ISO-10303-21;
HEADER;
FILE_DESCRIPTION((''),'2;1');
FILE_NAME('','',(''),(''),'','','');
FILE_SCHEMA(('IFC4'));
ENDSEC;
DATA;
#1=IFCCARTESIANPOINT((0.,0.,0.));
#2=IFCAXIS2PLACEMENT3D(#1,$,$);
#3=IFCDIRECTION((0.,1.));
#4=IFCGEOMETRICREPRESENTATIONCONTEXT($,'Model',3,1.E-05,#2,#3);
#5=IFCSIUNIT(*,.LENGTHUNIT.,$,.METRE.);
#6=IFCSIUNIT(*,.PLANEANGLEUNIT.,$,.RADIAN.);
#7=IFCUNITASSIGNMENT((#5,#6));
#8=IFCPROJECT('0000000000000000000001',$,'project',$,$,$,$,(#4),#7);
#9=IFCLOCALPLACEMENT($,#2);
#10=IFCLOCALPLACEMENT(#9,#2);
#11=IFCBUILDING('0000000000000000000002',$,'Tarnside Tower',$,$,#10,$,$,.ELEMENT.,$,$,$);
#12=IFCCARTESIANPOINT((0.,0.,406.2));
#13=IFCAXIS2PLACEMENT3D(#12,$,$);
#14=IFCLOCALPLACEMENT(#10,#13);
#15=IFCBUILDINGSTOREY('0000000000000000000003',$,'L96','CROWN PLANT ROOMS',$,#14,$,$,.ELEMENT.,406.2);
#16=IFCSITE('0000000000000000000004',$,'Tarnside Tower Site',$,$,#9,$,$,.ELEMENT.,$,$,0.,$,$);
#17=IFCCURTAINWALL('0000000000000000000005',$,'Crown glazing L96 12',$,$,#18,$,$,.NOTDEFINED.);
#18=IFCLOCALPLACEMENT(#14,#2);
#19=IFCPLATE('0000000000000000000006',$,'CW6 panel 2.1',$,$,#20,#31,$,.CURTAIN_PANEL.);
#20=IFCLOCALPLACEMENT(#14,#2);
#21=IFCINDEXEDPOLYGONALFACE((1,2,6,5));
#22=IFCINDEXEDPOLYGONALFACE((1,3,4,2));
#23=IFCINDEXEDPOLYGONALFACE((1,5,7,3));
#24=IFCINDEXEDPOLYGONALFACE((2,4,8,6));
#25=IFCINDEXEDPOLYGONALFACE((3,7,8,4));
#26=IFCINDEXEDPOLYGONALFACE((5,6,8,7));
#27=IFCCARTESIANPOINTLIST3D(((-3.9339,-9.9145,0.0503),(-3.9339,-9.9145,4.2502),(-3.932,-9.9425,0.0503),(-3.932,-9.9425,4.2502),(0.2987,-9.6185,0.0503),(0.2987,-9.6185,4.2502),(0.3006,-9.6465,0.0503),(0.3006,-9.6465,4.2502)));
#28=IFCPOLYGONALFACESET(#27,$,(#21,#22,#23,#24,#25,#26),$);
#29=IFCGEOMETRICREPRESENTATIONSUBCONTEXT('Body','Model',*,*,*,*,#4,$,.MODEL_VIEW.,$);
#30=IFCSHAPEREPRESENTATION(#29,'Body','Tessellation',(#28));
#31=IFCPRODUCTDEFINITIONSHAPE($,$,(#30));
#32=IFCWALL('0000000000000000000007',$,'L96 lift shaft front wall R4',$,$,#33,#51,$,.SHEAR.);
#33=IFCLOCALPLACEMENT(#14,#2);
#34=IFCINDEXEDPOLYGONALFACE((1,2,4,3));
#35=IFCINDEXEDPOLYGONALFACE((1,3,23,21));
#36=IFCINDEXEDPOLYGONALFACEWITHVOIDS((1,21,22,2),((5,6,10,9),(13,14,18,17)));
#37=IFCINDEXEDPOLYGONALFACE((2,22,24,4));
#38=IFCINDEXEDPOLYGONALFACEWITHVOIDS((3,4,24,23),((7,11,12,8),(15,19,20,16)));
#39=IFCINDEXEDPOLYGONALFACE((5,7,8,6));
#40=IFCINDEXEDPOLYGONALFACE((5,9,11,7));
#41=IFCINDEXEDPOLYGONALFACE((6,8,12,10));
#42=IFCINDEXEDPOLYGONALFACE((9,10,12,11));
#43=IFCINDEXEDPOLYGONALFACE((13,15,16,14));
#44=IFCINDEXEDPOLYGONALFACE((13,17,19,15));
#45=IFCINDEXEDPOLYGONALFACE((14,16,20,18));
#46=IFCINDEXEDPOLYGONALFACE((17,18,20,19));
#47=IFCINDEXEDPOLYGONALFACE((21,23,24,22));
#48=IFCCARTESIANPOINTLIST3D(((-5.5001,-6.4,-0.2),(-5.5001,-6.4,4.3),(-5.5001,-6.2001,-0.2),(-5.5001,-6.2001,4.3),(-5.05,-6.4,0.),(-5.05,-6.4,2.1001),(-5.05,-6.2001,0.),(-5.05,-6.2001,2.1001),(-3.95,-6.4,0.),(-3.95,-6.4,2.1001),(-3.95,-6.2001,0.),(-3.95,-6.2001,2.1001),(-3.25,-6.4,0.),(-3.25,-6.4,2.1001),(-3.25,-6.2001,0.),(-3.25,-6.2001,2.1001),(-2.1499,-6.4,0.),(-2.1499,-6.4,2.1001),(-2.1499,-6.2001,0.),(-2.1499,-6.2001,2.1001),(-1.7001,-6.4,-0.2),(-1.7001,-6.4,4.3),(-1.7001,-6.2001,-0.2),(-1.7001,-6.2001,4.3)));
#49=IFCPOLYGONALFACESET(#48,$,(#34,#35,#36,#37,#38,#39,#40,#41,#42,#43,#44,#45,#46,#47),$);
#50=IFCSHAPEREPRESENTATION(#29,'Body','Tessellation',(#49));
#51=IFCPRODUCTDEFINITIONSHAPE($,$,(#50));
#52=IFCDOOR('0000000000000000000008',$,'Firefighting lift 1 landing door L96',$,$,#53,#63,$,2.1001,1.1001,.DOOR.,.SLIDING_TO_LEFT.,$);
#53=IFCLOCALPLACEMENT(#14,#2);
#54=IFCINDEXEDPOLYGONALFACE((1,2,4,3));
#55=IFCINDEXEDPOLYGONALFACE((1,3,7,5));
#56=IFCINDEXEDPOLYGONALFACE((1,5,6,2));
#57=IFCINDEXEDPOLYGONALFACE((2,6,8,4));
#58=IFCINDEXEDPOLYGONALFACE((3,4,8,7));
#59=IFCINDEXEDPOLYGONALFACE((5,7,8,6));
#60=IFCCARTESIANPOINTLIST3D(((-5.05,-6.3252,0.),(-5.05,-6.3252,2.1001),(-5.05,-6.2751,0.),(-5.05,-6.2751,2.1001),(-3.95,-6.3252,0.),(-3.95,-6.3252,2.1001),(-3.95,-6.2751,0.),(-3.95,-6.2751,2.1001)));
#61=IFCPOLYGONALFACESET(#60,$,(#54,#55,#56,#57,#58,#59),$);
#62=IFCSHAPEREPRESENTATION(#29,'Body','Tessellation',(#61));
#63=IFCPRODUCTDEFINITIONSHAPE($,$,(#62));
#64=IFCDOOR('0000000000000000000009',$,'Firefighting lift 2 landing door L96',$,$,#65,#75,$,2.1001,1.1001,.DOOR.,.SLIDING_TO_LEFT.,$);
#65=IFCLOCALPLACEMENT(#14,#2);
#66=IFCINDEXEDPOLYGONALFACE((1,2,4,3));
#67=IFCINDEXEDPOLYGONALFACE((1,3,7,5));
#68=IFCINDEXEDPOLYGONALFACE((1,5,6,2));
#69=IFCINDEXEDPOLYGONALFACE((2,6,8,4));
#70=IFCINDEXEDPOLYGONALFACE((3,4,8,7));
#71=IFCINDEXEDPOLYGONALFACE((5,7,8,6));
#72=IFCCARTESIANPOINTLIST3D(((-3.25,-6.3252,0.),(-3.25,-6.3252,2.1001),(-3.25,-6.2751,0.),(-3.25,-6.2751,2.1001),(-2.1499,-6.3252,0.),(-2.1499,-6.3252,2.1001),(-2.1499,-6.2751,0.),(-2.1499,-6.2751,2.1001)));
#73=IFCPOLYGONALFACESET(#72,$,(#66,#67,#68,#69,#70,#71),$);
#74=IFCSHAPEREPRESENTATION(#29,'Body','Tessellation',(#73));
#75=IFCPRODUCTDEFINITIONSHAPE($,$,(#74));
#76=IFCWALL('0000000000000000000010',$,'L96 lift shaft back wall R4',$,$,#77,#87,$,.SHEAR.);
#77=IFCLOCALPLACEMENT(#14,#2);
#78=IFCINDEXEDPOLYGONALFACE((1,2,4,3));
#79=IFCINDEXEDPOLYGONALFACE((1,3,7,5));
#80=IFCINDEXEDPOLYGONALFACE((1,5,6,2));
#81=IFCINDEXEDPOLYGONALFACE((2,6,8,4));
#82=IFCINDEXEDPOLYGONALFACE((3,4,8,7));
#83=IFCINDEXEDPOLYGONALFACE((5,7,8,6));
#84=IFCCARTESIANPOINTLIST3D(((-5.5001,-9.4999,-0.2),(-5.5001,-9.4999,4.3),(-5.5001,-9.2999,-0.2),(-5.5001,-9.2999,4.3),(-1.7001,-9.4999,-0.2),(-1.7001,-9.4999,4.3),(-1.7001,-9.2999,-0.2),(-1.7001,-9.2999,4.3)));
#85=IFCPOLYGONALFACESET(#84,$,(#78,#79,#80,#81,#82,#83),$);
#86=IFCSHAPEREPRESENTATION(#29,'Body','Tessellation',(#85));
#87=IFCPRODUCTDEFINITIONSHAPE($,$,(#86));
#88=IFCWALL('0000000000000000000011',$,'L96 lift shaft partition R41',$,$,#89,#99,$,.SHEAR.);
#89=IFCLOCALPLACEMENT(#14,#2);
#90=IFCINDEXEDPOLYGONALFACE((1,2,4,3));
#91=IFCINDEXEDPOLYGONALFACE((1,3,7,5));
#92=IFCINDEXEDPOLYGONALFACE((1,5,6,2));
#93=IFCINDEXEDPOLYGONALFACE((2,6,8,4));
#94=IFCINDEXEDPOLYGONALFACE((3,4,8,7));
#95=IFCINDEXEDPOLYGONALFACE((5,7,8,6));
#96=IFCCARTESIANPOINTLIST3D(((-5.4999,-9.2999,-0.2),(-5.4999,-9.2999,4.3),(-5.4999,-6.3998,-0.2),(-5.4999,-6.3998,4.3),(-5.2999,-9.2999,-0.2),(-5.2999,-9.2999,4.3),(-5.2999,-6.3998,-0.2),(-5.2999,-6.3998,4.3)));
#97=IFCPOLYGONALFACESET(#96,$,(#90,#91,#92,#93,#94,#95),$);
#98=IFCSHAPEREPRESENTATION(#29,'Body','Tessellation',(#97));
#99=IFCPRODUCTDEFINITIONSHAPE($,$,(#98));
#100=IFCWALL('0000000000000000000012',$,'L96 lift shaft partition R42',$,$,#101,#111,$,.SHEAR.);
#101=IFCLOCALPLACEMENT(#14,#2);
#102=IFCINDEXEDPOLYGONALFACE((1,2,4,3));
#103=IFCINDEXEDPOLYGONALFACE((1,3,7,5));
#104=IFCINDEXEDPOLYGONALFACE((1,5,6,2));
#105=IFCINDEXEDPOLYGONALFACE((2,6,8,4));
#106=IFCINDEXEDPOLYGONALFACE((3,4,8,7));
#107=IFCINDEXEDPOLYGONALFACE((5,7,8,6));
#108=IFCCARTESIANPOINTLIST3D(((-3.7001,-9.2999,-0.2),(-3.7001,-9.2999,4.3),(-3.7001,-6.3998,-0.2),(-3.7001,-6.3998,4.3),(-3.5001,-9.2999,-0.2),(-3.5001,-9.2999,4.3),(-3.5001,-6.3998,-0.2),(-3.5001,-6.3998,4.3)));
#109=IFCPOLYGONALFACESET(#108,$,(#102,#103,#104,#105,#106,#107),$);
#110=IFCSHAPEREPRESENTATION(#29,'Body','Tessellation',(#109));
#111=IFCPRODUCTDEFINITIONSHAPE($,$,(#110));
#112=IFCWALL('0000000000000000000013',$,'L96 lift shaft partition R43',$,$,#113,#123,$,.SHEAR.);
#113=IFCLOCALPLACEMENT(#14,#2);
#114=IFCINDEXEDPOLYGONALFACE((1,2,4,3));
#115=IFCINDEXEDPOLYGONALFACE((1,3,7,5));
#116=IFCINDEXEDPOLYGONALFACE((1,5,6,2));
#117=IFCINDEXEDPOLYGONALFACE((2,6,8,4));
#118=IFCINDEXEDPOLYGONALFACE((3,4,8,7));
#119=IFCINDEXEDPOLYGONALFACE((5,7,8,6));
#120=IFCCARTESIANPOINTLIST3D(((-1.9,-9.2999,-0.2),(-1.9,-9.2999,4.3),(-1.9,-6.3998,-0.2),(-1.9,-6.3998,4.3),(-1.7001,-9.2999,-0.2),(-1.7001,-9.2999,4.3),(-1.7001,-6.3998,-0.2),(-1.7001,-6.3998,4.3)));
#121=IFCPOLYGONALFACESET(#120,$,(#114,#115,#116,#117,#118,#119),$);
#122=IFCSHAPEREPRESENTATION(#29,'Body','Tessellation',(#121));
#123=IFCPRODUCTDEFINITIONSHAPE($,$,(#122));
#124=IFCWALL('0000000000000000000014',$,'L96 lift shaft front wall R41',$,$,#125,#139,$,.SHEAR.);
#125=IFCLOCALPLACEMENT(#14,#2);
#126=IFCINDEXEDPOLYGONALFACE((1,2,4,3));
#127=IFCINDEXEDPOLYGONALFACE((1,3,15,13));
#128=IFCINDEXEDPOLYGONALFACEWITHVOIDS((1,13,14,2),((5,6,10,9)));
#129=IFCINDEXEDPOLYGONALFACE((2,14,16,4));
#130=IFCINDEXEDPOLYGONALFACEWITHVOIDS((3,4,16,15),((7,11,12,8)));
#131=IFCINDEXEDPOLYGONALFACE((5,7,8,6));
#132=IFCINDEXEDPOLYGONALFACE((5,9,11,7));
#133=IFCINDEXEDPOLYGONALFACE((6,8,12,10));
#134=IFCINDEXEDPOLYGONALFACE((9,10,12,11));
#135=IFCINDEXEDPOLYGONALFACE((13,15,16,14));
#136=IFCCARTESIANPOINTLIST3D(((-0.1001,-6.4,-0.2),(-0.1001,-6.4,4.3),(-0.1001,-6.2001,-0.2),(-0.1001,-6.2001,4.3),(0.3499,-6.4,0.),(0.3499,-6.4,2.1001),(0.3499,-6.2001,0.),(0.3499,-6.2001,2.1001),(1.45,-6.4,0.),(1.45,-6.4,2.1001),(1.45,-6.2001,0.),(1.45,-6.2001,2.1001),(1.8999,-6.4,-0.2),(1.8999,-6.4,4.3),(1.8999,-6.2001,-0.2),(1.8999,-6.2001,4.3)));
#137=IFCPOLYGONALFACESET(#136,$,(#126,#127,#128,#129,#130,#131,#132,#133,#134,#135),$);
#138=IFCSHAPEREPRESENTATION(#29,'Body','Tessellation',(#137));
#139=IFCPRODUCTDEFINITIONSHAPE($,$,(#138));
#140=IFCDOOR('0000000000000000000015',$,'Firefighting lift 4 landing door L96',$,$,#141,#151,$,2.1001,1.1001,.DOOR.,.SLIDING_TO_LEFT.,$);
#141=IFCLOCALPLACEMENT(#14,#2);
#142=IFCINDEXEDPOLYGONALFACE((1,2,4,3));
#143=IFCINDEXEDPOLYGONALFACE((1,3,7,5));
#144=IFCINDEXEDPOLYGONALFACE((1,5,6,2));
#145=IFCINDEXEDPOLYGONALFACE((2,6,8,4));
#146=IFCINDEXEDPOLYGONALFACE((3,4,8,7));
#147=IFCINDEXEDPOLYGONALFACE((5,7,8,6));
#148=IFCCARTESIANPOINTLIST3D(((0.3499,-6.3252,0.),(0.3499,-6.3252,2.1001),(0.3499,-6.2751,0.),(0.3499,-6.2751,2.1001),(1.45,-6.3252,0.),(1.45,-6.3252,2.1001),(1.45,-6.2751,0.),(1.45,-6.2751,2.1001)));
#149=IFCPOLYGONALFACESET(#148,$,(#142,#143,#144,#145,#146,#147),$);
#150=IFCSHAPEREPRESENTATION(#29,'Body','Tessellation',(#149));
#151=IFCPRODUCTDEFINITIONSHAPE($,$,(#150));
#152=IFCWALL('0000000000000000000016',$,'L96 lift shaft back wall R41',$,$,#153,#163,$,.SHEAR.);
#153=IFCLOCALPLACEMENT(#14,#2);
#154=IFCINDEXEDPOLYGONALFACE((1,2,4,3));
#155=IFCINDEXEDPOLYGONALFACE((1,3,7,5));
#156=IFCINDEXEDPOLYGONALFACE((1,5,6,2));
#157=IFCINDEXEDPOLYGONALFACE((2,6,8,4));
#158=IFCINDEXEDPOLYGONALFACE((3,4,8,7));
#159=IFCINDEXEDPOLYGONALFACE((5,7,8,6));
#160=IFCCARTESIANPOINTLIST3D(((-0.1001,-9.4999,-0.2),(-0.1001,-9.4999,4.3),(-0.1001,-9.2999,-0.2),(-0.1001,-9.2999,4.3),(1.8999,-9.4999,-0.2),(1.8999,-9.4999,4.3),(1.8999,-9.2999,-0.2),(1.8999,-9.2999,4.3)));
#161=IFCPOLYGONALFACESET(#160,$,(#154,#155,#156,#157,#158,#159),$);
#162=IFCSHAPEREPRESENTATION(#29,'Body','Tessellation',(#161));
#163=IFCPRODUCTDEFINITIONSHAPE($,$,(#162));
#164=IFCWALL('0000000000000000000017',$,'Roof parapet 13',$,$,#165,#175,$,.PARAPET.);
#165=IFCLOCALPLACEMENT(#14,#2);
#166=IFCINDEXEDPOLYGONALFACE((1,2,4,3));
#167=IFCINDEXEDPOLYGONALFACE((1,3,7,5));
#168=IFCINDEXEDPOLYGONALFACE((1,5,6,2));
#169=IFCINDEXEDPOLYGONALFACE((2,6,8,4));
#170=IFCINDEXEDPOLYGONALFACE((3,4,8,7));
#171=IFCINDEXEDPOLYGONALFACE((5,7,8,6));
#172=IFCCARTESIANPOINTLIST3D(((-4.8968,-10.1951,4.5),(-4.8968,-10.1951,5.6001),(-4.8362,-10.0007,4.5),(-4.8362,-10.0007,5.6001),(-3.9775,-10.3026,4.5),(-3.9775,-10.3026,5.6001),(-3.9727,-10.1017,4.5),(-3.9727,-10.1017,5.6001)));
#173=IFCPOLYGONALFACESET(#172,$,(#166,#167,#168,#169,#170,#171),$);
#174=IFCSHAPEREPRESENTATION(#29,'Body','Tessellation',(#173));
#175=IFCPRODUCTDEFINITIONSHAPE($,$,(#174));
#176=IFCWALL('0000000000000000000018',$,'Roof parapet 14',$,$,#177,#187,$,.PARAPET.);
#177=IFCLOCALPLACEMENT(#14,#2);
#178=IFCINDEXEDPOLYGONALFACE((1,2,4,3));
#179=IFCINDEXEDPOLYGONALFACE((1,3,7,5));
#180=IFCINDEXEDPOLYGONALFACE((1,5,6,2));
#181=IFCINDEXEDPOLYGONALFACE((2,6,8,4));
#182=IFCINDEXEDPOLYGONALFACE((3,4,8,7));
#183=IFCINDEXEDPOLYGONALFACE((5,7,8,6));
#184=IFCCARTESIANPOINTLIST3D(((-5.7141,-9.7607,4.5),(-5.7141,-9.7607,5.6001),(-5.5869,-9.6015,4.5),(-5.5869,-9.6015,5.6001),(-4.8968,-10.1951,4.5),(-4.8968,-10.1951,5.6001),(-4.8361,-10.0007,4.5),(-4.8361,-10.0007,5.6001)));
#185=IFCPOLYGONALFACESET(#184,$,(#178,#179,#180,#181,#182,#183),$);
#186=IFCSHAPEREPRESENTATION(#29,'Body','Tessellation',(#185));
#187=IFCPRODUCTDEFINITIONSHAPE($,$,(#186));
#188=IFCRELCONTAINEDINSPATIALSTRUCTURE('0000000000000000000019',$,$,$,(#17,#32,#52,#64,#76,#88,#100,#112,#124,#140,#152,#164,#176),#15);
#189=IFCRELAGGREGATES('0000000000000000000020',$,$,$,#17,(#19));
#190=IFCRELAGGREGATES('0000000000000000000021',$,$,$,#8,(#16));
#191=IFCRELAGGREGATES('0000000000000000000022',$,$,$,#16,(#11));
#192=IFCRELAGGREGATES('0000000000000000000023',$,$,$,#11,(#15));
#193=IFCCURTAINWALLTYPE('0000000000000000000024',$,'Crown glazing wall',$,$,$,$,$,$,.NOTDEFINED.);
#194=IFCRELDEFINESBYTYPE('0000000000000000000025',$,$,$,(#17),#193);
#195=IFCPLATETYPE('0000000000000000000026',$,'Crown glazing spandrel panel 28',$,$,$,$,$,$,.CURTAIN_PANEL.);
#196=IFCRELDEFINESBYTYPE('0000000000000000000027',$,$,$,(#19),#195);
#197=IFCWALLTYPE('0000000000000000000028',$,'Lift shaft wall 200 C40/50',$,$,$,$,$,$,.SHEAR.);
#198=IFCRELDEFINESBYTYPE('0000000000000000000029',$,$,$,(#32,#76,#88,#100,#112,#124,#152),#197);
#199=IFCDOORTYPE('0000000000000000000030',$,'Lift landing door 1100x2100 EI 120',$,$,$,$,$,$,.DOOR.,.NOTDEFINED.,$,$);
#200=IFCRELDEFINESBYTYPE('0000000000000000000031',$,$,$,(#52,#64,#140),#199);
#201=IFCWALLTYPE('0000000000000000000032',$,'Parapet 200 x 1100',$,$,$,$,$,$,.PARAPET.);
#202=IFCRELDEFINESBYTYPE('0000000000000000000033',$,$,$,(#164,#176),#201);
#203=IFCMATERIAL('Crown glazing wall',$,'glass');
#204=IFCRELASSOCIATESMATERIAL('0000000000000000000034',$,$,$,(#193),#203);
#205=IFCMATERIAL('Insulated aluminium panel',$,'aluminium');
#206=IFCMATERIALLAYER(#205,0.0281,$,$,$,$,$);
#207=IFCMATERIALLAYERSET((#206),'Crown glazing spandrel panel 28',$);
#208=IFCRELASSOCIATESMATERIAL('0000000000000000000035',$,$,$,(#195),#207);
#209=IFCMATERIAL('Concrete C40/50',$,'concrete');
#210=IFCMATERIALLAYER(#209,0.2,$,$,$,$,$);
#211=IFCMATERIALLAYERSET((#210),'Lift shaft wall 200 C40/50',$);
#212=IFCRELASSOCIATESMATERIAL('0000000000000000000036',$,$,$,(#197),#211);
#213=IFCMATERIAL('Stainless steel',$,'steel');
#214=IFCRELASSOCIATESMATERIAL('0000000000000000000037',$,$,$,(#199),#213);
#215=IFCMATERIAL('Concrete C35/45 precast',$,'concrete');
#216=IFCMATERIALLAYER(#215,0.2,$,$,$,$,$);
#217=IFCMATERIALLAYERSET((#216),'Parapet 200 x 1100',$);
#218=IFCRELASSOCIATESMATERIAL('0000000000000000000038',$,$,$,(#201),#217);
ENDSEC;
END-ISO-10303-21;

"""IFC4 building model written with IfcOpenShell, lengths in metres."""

from ifc_helpers import new_model, si_unit, direction, frame, frame_2d, origin, origin_2d, place, context, subcontext, project, spatial, polyline, rectangle, outline, extrude, material, layer, layer_set, type_object, element, fill, aggregate, save


model = new_model("IFC4")

# Units and contexts
model_context = context("Model", 3, precision=1e-05, world=origin(), true_north=direction((0.0, 1.0)))
body_context = subcontext(model_context, "Body", "Model", "MODEL_VIEW")
ifc_project = project(units=[si_unit("LENGTHUNIT", "METRE"), si_unit("PLANEANGLEUNIT", "RADIAN")], contexts=[model_context])

# Site, building, storey
site_placement = place(None, origin())
site = spatial("IfcSite", under=ifc_project, at=site_placement, Name="Tarnside Tower Site", CompositionType="ELEMENT", RefElevation=0.0)
building_placement = place(site_placement, origin())
building = spatial("IfcBuilding", under=site, at=building_placement, Name="Tarnside Tower", CompositionType="ELEMENT")
storey_placement = place(building_placement, frame((0.0, 0.0, 406.2)))
storey = spatial("IfcBuildingStorey", under=building, at=storey_placement, Name="L96", Description="CROWN PLANT ROOMS", CompositionType="ELEMENT", Elevation=406.2)

# Curtain wall
ifc_material_1 = material(Name="Crown glazing wall", Category="glass")
curtain_wall_type = type_object("IfcCurtainWallType", Name="Crown glazing wall", PredefinedType="NOTDEFINED", material=ifc_material_1)
curtain_wall_1_placement = place(storey_placement, origin())
curtain_wall_1 = element("IfcCurtainWall", 1, at=curtain_wall_1_placement, inside=storey, type_object=curtain_wall_type, Name="Crown glazing L96 12", PredefinedType="NOTDEFINED")

# Plate
ifc_material_2 = material(Name="Insulated aluminium panel", Category="aluminium")
ifc_layer_1 = layer(ifc_material_2, 0.0281)
ifc_layer_set_1 = layer_set([ifc_layer_1], Name="Crown glazing spandrel panel 28")
plate_type_1 = type_object("IfcPlateType", Name="Crown glazing spandrel panel 28", PredefinedType="CURTAIN_PANEL", material=ifc_layer_set_1)
plate_1_placement = place(storey_placement, frame((-1.8167, -9.7805, 0.0503), z_axis=(0.0, 0.0, 1.0), x_axis=(-0.997564, -0.069756, 0.0)))
plate_1 = element("IfcPlate", 2, at=plate_1_placement, type_object=plate_type_1, Name="CW6 panel 2.1", PredefinedType="CURTAIN_PANEL", context=body_context, shape_type="SweptSolid", body=[
    extrude(rectangle(XDim=4.2429, YDim=0.0281, at=origin_2d()), origin(), (0.0, 0.0, 1.0), 4.2),
])
aggregate(curtain_wall_1, [plate_1])

# Wall, openings, doors
ifc_material_3 = material(Name="Concrete C40/50", Category="concrete")
ifc_layer_2 = layer(ifc_material_3, 0.2)
ifc_layer_set_2 = layer_set([ifc_layer_2], Name="Lift shaft wall 200 C40/50")
wall_type_1 = type_object("IfcWallType", Name="Lift shaft wall 200 C40/50", PredefinedType="SHEAR", material=ifc_layer_set_2)
wall_1_placement = place(storey_placement, frame((-5.5, -6.3, -0.2), z_axis=(0.0, 0.0, 1.0), x_axis=(1.0, 0.0, 0.0)))
wall_1 = element("IfcWall", 3, at=wall_1_placement, inside=storey, type_object=wall_type_1, Name="L96 lift shaft front wall R4", PredefinedType="SHEAR", context=body_context, shape_type="SweptSolid", body=[
    extrude(rectangle(XDim=3.8, YDim=0.2, at=frame_2d((1.8999, 0.0))), origin(), (0.0, 0.0, 1.0), 4.5),
])
opening_1_placement = place(wall_1_placement, frame((0.45, 0.0, 0.2)))
opening_1 = element("IfcOpeningElement", 4, at=opening_1_placement, cuts=wall_1, PredefinedType="OPENING", context=body_context, shape_type="SweptSolid", body=[
    extrude(rectangle(XDim=1.1001, YDim=2.1001, at=frame_2d((0.55, 1.05))), frame((0.0, 0.1099, 0.0), z_axis=(0.0, -1.0, 0.0), x_axis=(1.0, 0.0, 0.0)), (0.0, 0.0, 1.0), 0.22),
])
opening_2_placement = place(wall_1_placement, frame((2.25, 0.0, 0.2)))
opening_2 = element("IfcOpeningElement", 5, at=opening_2_placement, cuts=wall_1, PredefinedType="OPENING", context=body_context, shape_type="SweptSolid", body=[
    extrude(rectangle(XDim=1.1001, YDim=2.1001, at=frame_2d((0.55, 1.05))), frame((0.0, 0.1099, 0.0), z_axis=(0.0, -1.0, 0.0), x_axis=(1.0, 0.0, 0.0)), (0.0, 0.0, 1.0), 0.22),
])
ifc_material_4 = material(Name="Stainless steel", Category="steel")
door_type = type_object("IfcDoorType", Name="Lift landing door 1100x2100 EI 120", OperationType="NOTDEFINED", PredefinedType="DOOR", material=ifc_material_4)
door_1_placement = place(opening_1_placement, origin())
door_1 = element("IfcDoor", 6, at=door_1_placement, inside=storey, type_object=door_type, Name="Firefighting lift 1 landing door L96", OperationType="SLIDING_TO_LEFT", OverallHeight=2.1001, OverallWidth=1.1001, PredefinedType="DOOR", context=body_context, shape_type="SweptSolid", body=[
    extrude(rectangle(XDim=1.1001, YDim=2.1001, at=frame_2d((0.55, 1.05))), frame((0.0, 0.0249, 0.0), z_axis=(0.0, -1.0, 0.0), x_axis=(1.0, 0.0, 0.0)), (0.0, 0.0, 1.0), 0.05),
])
fill(opening_1, door_1)
door_2_placement = place(opening_2_placement, origin())
door_2 = element("IfcDoor", 7, at=door_2_placement, inside=storey, type_object=door_type, Name="Firefighting lift 2 landing door L96", OperationType="SLIDING_TO_LEFT", OverallHeight=2.1001, OverallWidth=1.1001, PredefinedType="DOOR", context=body_context, shape_type="SweptSolid", body=[
    extrude(rectangle(XDim=1.1001, YDim=2.1001, at=frame_2d((0.55, 1.05))), frame((0.0, 0.0249, 0.0), z_axis=(0.0, -1.0, 0.0), x_axis=(1.0, 0.0, 0.0)), (0.0, 0.0, 1.0), 0.05),
])
fill(opening_2, door_2)

# Walls
wall_2_placement = place(storey_placement, frame((-5.5, -9.3999, -0.2), z_axis=(0.0, 0.0, 1.0), x_axis=(1.0, 0.0, 0.0)))
element("IfcWall", 8, at=wall_2_placement, inside=storey, type_object=wall_type_1, Name="L96 lift shaft back wall R4", PredefinedType="SHEAR", context=body_context, shape_type="SweptSolid", body=[
    extrude(rectangle(XDim=3.8, YDim=0.2, at=frame_2d((1.8999, 0.0))), origin(), (0.0, 0.0, 1.0), 4.5),
])
for number, where, z_axis, x_axis, name in (
    (9, (-5.3999, -9.3, -0.2), (0.0, 0.0, 1.0), (0.0, 1.0, 0.0), "L96 lift shaft partition R41"),
    (10, (-3.6001, -9.3, -0.2), (0.0, 0.0, 1.0), (0.0, 1.0, 0.0), "L96 lift shaft partition R42"),
    (11, (-1.8, -9.3, -0.2), (0.0, 0.0, 1.0), (0.0, 1.0, 0.0), "L96 lift shaft partition R43"),
):
    element("IfcWall", number, at=place(storey_placement, frame(where, z_axis=z_axis, x_axis=x_axis)), inside=storey, type_object=wall_type_1, Name=name, PredefinedType="SHEAR", context=body_context, shape_type="SweptSolid", body=[
        extrude(rectangle(XDim=2.9001, YDim=0.2, at=frame_2d((1.4502, 0.0))), origin(), (0.0, 0.0, 1.0), 4.5),
    ])

# Wall, opening, door
wall_3_placement = place(storey_placement, frame((-0.1001, -6.3, -0.2), z_axis=(0.0, 0.0, 1.0), x_axis=(1.0, 0.0, 0.0)))
wall_3 = element("IfcWall", 12, at=wall_3_placement, inside=storey, type_object=wall_type_1, Name="L96 lift shaft front wall R41", PredefinedType="SHEAR", context=body_context, shape_type="SweptSolid", body=[
    extrude(rectangle(XDim=2.0, YDim=0.2, at=frame_2d((1.0, 0.0))), origin(), (0.0, 0.0, 1.0), 4.5),
])
opening_3_placement = place(wall_3_placement, frame((0.45, 0.0, 0.2)))
opening_3 = element("IfcOpeningElement", 13, at=opening_3_placement, cuts=wall_3, PredefinedType="OPENING", context=body_context, shape_type="SweptSolid", body=[
    extrude(rectangle(XDim=1.1001, YDim=2.1001, at=frame_2d((0.55, 1.05))), frame((0.0, 0.1099, 0.0), z_axis=(0.0, -1.0, 0.0), x_axis=(1.0, 0.0, 0.0)), (0.0, 0.0, 1.0), 0.22),
])
door_3_placement = place(opening_3_placement, origin())
door_3 = element("IfcDoor", 14, at=door_3_placement, inside=storey, type_object=door_type, Name="Firefighting lift 4 landing door L96", OperationType="SLIDING_TO_LEFT", OverallHeight=2.1001, OverallWidth=1.1001, PredefinedType="DOOR", context=body_context, shape_type="SweptSolid", body=[
    extrude(rectangle(XDim=1.1001, YDim=2.1001, at=frame_2d((0.55, 1.05))), frame((0.0, 0.0249, 0.0), z_axis=(0.0, -1.0, 0.0), x_axis=(1.0, 0.0, 0.0)), (0.0, 0.0, 1.0), 0.05),
])
fill(opening_3, door_3)

# Walls
wall_4_placement = place(storey_placement, frame((-0.1001, -9.3999, -0.2), z_axis=(0.0, 0.0, 1.0), x_axis=(1.0, 0.0, 0.0)))
element("IfcWall", 15, at=wall_4_placement, inside=storey, type_object=wall_type_1, Name="L96 lift shaft back wall R41", PredefinedType="SHEAR", context=body_context, shape_type="SweptSolid", body=[
    extrude(rectangle(XDim=2.0, YDim=0.2, at=frame_2d((1.0, 0.0))), origin(), (0.0, 0.0, 1.0), 4.5),
])
ifc_material_5 = material(Name="Concrete C35/45 precast", Category="concrete")
ifc_layer_3 = layer(ifc_material_5, 0.2)
ifc_layer_set_3 = layer_set([ifc_layer_3], Name="Parapet 200 x 1100")
wall_type_2 = type_object("IfcWallType", Name="Parapet 200 x 1100", PredefinedType="PARAPET", material=ifc_layer_set_3)
wall_5_placement = place(storey_placement, frame((-3.9751, -10.2021, 4.5), z_axis=(0.0, 0.0, 1.0), x_axis=(-0.99323, 0.116163, 0.0)))
element("IfcWall", 16, at=wall_5_placement, inside=storey, type_object=wall_type_2, Name="Roof parapet 13", PredefinedType="PARAPET", context=body_context, shape_type="SweptSolid", body=[
    extrude(outline(polyline([(0.0093, -0.1001), (0.8787, -0.1001), (0.9163, 0.1001), (-0.0093, 0.1001), (0.0093, -0.1001)])), origin(), (0.0, 0.0, 1.0), 1.1001),
])
wall_6_placement = place(storey_placement, frame((-4.8665, -10.0979, 4.5), z_axis=(0.0, 0.0, 1.0), x_axis=(-0.882984, 0.469403, 0.0)))
element("IfcWall", 17, at=wall_6_placement, inside=storey, type_object=wall_type_2, Name="Roof parapet 14", PredefinedType="PARAPET", context=body_context, shape_type="SweptSolid", body=[
    extrude(outline(polyline([(0.0188, -0.1001), (0.8691, -0.1001), (0.9067, 0.1001), (-0.0188, 0.1001), (0.0188, -0.1001)])), origin(), (0.0, 0.0, 1.0), 1.1001),
])

save(model, "model.ifc")
